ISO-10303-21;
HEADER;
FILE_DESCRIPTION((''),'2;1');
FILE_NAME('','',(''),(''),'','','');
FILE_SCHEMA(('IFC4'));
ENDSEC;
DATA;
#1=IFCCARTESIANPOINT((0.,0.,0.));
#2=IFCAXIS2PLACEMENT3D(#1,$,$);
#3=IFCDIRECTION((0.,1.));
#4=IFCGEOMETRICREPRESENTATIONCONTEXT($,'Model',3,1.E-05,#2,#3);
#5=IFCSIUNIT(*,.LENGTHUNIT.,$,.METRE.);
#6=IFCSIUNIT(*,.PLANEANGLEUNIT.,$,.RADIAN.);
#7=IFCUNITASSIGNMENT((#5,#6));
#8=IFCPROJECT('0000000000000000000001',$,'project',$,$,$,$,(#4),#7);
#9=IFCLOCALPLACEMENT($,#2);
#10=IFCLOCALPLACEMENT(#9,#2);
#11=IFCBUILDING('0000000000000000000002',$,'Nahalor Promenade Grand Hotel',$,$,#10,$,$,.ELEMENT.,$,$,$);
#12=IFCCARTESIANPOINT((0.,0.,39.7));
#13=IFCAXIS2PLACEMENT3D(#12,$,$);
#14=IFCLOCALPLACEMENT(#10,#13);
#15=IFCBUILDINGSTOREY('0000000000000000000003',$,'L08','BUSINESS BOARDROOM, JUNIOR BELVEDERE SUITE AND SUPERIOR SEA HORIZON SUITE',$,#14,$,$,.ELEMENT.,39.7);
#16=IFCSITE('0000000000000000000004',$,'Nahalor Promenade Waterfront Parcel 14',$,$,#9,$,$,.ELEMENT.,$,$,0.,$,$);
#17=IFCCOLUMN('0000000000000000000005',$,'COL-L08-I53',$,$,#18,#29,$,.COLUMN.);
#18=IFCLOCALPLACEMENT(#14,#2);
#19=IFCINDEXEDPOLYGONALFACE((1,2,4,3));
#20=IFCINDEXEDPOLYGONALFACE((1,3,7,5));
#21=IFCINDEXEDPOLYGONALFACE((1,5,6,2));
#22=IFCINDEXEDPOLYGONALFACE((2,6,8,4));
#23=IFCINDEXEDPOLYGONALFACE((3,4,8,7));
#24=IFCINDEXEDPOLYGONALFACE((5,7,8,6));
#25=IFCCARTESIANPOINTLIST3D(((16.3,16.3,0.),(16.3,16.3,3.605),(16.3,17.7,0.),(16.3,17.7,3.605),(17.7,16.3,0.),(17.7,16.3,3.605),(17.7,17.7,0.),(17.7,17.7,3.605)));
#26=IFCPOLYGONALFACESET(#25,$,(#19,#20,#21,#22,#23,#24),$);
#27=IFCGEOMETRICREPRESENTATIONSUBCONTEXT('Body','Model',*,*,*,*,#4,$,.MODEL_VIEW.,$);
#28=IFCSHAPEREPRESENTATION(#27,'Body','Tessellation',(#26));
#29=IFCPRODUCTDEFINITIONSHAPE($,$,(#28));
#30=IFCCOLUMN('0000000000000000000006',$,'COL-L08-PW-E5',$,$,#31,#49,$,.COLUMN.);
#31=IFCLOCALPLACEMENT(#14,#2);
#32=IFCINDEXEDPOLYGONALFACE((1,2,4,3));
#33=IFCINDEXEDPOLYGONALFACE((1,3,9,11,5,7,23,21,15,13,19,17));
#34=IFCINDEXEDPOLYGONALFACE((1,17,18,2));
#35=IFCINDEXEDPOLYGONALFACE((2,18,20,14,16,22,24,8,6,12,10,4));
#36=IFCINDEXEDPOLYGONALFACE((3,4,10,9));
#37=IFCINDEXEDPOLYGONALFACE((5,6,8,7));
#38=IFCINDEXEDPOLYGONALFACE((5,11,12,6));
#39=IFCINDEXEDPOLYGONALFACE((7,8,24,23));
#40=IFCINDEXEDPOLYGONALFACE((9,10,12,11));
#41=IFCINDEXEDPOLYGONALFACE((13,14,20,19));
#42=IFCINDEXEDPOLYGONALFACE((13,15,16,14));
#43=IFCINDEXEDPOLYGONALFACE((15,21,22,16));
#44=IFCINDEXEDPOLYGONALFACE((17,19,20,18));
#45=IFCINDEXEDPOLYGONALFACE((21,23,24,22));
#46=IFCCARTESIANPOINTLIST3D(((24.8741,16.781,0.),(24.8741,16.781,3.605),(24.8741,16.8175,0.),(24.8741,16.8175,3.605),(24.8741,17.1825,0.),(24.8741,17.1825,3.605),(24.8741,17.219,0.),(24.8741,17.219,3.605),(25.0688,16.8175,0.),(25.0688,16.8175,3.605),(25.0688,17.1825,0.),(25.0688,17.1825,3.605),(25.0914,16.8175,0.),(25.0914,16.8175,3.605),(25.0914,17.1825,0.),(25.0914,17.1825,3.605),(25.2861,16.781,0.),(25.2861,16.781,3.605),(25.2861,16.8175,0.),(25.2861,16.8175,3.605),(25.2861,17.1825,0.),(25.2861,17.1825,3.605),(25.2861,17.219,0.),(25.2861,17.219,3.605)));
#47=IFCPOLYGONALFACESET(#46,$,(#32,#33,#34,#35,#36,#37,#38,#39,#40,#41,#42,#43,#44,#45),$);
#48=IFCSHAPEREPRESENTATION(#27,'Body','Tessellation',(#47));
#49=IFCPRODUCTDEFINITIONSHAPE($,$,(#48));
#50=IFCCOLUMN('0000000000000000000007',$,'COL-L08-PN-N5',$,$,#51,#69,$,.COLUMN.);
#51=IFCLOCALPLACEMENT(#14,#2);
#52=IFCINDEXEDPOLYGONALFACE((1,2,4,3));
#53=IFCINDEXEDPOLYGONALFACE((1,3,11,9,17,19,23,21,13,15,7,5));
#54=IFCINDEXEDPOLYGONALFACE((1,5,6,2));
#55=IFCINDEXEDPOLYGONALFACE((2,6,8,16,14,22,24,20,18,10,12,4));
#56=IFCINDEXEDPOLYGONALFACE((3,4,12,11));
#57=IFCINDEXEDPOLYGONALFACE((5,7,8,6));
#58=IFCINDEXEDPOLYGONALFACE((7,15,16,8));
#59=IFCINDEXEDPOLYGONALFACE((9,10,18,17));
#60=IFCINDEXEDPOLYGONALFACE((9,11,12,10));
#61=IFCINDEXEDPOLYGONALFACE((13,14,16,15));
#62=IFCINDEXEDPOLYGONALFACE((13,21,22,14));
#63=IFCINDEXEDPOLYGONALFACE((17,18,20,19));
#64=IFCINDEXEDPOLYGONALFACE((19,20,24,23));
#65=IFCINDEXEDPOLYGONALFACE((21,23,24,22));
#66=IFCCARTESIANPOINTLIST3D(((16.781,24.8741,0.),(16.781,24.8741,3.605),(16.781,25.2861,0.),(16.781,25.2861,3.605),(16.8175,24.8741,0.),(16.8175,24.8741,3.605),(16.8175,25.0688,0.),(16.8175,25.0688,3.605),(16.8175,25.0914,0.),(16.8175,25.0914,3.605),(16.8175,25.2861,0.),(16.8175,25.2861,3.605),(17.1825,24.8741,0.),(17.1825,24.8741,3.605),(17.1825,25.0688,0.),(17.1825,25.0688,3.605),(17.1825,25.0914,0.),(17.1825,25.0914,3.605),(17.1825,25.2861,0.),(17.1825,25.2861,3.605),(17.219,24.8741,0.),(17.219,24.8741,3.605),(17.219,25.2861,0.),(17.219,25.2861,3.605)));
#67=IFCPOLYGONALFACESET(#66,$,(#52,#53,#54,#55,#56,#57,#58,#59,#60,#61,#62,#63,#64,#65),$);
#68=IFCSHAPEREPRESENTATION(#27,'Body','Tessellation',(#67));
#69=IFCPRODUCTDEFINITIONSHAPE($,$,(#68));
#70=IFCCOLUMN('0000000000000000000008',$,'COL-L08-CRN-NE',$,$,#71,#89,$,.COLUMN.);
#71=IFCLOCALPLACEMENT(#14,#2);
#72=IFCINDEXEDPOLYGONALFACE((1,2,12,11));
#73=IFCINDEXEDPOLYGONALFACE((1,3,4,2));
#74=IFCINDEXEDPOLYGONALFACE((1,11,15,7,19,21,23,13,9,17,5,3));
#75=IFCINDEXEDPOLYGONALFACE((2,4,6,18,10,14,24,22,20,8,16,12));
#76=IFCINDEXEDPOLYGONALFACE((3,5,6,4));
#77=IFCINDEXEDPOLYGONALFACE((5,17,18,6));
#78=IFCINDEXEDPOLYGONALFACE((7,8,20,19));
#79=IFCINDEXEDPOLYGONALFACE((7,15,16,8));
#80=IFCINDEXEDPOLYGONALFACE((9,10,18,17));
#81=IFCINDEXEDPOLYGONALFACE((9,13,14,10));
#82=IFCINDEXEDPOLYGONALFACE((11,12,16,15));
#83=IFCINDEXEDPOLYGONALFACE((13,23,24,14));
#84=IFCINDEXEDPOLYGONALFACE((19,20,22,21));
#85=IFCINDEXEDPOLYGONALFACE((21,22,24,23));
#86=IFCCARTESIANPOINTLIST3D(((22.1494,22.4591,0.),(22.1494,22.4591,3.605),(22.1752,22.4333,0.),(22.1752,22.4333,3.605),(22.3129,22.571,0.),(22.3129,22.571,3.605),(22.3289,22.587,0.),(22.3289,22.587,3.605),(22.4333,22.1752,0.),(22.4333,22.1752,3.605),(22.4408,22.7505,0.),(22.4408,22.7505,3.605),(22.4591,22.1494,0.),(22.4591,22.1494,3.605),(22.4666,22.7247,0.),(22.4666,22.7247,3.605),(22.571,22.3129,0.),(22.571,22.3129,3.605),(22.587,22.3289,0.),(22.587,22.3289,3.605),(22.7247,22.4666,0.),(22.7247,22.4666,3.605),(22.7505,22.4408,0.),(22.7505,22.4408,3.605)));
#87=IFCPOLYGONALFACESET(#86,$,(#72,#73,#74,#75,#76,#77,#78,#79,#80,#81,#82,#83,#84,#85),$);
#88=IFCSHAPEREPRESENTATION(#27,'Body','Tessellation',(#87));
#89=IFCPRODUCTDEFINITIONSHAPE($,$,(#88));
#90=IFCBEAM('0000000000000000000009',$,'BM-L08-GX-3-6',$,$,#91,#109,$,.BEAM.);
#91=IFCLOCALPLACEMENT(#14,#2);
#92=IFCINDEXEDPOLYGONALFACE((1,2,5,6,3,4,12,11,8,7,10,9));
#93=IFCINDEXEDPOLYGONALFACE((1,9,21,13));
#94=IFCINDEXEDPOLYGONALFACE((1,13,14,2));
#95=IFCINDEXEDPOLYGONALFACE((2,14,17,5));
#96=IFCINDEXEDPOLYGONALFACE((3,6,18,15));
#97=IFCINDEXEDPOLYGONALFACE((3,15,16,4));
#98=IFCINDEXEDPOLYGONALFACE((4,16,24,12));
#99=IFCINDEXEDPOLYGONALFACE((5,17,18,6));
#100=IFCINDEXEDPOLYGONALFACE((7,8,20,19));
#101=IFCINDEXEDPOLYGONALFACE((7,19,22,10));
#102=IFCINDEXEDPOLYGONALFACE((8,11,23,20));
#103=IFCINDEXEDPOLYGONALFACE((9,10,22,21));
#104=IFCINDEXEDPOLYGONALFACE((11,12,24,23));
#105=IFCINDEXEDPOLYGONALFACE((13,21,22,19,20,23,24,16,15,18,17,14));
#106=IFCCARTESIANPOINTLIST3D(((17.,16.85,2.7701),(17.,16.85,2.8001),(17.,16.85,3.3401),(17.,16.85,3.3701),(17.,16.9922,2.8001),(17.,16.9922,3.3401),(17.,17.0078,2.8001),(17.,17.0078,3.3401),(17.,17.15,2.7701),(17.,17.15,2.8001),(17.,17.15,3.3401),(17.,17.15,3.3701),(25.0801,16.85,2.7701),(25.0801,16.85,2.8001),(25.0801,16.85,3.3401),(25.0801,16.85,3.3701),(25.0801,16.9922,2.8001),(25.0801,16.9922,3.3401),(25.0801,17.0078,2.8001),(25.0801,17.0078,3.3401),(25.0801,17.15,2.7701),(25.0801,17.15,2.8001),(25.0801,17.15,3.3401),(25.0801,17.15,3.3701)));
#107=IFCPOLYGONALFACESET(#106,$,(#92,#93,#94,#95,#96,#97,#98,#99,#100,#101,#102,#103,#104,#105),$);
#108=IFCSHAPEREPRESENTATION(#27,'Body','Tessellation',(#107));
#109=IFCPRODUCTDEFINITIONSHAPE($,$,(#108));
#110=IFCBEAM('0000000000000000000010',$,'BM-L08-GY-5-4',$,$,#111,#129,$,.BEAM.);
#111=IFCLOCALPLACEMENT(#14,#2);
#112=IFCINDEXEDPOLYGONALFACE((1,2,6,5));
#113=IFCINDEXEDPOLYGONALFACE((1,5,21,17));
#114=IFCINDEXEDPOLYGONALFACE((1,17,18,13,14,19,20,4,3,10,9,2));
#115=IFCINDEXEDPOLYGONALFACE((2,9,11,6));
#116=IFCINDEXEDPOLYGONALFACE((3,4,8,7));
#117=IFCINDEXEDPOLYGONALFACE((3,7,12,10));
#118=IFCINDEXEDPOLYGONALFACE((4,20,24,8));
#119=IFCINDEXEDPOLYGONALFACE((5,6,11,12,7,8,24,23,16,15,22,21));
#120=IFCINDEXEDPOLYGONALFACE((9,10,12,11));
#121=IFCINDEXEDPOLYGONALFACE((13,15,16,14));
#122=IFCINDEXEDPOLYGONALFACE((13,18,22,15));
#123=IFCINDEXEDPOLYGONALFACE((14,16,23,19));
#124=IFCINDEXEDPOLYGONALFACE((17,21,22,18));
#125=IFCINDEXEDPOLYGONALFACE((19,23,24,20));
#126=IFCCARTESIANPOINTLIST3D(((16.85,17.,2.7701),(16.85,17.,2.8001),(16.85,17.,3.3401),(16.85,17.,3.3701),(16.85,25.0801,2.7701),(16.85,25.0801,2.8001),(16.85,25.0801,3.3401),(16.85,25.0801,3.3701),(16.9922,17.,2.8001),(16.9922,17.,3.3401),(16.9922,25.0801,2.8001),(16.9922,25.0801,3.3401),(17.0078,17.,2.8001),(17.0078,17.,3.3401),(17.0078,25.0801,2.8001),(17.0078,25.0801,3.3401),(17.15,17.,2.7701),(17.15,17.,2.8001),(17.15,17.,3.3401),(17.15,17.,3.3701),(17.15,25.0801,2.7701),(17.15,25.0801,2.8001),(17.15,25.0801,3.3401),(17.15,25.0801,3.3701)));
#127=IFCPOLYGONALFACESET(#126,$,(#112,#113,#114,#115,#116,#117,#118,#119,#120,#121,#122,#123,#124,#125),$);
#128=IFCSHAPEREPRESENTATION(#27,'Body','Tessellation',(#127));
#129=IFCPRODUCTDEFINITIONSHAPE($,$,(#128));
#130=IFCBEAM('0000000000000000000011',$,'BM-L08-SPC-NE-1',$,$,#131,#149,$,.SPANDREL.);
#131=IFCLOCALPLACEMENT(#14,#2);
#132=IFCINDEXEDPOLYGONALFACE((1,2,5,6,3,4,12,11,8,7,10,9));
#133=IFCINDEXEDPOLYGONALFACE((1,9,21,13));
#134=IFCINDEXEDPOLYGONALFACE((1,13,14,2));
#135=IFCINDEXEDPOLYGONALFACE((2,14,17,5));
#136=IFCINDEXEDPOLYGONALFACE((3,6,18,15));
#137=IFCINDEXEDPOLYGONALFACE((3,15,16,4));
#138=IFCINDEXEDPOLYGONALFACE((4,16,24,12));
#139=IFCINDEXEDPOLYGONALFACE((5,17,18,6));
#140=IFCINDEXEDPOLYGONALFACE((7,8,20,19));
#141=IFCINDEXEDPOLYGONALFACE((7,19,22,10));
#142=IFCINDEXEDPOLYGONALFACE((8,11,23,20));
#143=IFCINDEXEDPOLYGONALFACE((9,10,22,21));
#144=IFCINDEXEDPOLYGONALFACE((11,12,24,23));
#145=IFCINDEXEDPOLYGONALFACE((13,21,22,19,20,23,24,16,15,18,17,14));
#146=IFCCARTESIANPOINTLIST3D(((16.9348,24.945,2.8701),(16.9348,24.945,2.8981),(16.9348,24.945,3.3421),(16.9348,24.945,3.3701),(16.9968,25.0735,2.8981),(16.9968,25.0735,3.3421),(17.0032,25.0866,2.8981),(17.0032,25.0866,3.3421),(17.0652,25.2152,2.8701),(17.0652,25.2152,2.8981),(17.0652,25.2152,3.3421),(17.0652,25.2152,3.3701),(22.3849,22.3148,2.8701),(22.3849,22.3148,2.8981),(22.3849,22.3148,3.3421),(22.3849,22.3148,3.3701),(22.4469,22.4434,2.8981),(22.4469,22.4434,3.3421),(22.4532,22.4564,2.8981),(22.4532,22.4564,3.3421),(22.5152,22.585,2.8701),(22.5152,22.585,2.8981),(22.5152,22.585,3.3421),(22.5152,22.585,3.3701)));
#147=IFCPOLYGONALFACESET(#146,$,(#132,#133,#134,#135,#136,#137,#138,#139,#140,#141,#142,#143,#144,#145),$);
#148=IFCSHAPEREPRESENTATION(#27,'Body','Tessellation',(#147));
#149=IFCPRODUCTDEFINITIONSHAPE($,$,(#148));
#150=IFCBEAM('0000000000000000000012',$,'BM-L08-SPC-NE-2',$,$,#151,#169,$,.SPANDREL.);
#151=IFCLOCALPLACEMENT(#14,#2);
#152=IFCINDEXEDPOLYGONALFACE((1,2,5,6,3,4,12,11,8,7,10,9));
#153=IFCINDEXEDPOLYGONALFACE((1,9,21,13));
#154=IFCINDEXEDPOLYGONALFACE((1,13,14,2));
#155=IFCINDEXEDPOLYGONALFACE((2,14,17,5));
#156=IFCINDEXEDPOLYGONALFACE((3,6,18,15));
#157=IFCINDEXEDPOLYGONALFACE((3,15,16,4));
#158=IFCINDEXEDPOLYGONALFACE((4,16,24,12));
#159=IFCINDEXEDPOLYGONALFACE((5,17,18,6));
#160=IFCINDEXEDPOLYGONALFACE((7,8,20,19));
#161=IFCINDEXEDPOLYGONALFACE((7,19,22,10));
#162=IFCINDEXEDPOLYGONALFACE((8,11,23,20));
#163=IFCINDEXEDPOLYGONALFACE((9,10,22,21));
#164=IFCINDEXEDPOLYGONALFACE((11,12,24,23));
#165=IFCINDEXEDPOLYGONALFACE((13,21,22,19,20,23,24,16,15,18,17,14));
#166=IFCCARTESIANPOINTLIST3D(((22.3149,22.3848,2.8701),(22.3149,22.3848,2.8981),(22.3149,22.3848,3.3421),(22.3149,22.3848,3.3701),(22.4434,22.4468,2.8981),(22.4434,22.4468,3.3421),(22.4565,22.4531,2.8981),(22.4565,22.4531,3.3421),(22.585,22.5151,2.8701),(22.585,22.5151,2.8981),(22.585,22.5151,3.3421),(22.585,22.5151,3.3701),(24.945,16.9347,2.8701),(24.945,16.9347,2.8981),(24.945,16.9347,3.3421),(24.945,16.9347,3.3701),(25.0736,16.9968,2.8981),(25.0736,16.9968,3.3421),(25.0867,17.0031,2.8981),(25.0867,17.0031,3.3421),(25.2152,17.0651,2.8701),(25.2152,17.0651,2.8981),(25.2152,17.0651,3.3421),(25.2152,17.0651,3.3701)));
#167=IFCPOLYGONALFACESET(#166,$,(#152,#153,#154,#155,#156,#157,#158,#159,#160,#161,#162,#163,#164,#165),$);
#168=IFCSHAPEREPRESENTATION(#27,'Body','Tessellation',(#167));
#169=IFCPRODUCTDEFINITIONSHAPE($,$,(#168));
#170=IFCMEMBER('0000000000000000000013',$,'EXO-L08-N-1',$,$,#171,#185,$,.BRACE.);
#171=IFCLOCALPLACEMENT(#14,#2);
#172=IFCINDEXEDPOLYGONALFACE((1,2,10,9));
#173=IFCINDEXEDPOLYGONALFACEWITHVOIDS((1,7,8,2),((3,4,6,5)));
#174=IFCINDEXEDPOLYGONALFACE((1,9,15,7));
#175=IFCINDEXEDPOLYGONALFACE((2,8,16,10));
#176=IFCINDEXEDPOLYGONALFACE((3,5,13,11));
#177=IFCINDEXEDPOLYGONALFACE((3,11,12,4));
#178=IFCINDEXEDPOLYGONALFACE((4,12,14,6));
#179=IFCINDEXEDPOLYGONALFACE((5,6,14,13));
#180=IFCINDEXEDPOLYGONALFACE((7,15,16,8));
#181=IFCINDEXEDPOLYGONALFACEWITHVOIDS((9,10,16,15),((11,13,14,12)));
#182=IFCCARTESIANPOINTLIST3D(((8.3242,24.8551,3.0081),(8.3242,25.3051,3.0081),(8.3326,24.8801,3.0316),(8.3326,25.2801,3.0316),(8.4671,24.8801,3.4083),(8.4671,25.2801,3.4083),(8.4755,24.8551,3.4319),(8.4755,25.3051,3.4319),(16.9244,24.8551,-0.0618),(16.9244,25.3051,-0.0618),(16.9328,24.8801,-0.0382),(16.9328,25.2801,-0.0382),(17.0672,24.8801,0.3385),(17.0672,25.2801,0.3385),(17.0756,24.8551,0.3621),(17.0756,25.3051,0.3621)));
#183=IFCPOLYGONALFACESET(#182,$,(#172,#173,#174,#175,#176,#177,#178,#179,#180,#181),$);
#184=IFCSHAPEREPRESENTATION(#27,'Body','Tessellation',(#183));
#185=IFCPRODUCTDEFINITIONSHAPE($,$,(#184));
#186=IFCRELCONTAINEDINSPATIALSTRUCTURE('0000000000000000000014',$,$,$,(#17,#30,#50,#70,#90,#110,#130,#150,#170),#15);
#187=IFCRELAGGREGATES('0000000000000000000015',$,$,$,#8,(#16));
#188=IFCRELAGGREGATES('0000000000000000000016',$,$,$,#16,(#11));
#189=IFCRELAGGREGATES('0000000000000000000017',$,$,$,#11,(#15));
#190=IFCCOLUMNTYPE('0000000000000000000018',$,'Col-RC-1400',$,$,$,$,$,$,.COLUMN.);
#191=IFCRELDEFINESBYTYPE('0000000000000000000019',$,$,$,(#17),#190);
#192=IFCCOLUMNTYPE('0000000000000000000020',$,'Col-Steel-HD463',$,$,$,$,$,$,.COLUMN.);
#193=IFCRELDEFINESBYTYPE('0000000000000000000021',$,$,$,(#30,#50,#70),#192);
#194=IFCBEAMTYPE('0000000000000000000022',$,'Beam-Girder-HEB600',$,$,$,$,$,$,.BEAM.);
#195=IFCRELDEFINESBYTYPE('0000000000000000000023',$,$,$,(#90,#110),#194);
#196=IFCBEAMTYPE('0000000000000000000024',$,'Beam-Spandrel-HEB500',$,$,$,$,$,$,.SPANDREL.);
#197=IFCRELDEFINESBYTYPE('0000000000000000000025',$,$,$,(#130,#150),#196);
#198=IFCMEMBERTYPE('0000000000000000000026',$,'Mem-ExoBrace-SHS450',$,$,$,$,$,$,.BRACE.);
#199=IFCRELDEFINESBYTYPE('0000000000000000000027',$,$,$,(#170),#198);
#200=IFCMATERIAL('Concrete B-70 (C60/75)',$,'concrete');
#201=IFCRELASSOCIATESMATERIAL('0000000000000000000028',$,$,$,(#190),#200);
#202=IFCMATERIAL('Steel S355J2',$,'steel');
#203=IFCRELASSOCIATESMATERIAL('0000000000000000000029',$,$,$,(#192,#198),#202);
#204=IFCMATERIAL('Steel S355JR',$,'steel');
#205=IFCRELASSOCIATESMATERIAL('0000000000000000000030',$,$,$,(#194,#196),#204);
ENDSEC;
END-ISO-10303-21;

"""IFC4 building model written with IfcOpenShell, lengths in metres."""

from ifc_helpers import new_model, si_unit, direction, frame, origin, origin_2d, place, context, subcontext, project, spatial, rectangle, hollow_rectangle, i_section, extrude, source, transform, mapped, material, material_profile, profile_set, type_object, element, save


model = new_model("IFC4")

# Units and contexts
model_context = context("Model", 3, precision=1e-05, world=origin(), true_north=direction((0.0, 1.0)))
body_context = subcontext(model_context, "Body", "Model", "MODEL_VIEW")
ifc_project = project(units=[si_unit("LENGTHUNIT", "METRE"), si_unit("PLANEANGLEUNIT", "RADIAN")], contexts=[model_context])

# Site, building, storey
site_placement = place(None, origin())
site = spatial("IfcSite", under=ifc_project, at=site_placement, Name="Nahalor Promenade Waterfront Parcel 14", CompositionType="ELEMENT", RefElevation=0.0)
building_placement = place(site_placement, origin())
building = spatial("IfcBuilding", under=site, at=building_placement, Name="Nahalor Promenade Grand Hotel", CompositionType="ELEMENT")
storey_placement = place(building_placement, frame((0.0, 0.0, 39.7)))
storey = spatial("IfcBuildingStorey", under=building, at=storey_placement, Name="L08", Description="BUSINESS BOARDROOM, JUNIOR BELVEDERE SUITE AND SUPERIOR SEA HORIZON SUITE", CompositionType="ELEMENT", Elevation=39.7)

# Columns
ifc_material_1 = material(Name="Concrete B-70 (C60/75)", Category="concrete")
ifc_material_profile_1 = material_profile(ifc_material_1, rectangle(XDim=1.4, YDim=1.4, at=origin_2d()), Name="RC 1400x1400")
ifc_profile_set_1 = profile_set([ifc_material_profile_1], Name="Concrete B-70 (C60/75)")
column_type_1 = type_object("IfcColumnType", Name="Col-RC-1400", PredefinedType="COLUMN", material=ifc_profile_set_1)
shared_shape_1 = source(origin(), body_context, "Body", "SweptSolid", [
    extrude(rectangle(XDim=1.4, YDim=1.4, at=origin_2d()), origin(), (0.0, 0.0, 1.0), 3.605),
])
column_placement = place(storey_placement, frame((17.0, 17.0, 0.0), z_axis=(0.0, 0.0, 1.0), x_axis=(1.0, 0.0, 0.0)))
element("IfcColumn", 1, at=column_placement, inside=storey, type_object=column_type_1, Name="COL-L08-I53", PredefinedType="COLUMN", context=body_context, shape_type="MappedRepresentation", body=[
    mapped(shared_shape_1, transform((0.0, 0.0, 0.0), scale=1.0)),
])
ifc_material_2 = material(Name="Steel S355J2", Category="steel")
ifc_material_profile_2 = material_profile(ifc_material_2, i_section(OverallWidth=0.412, OverallDepth=0.438, WebThickness=0.0226, FlangeThickness=0.0365, at=origin_2d()), Name="HD 400x463")
ifc_profile_set_2 = profile_set([ifc_material_profile_2], Name="Steel S355J2")
column_type_2 = type_object("IfcColumnType", Name="Col-Steel-HD463", PredefinedType="COLUMN", material=ifc_profile_set_2)
shared_shape_2 = source(origin(), body_context, "Body", "SweptSolid", [
    extrude(i_section(OverallWidth=0.412, OverallDepth=0.438, WebThickness=0.0226, FlangeThickness=0.0365, at=origin_2d()), origin(), (0.0, 0.0, 1.0), 3.605),
])
for number, where, z_axis, x_axis, name in (
    (2, (25.0801, 17.0, 0.0), (0.0, 0.0, 1.0), (1.0, 0.0, 0.0), "COL-L08-PW-E5"),
    (3, (17.0, 25.0801, 0.0), (0.0, 0.0, 1.0), (0.0, 1.0, 0.0), "COL-L08-PN-N5"),
    (4, (22.45, 22.45, 0.0), (0.0, 0.0, 1.0), (0.707107, 0.707107, 0.0), "COL-L08-CRN-NE"),
):
    element("IfcColumn", number, at=place(storey_placement, frame(where, z_axis=z_axis, x_axis=x_axis)), inside=storey, type_object=column_type_2, Name=name, PredefinedType="COLUMN", context=body_context, shape_type="MappedRepresentation", body=[
        mapped(shared_shape_2, transform((0.0, 0.0, 0.0), scale=1.0)),
    ])

# Beams
ifc_material_3 = material(Name="Steel S355JR", Category="steel")
ifc_material_profile_3 = material_profile(ifc_material_3, i_section(OverallWidth=0.3, OverallDepth=0.6, WebThickness=0.0155, FlangeThickness=0.03, at=origin_2d()), Name="HEB 600")
ifc_profile_set_3 = profile_set([ifc_material_profile_3], Name="Steel S355JR")
beam_type_1 = type_object("IfcBeamType", Name="Beam-Girder-HEB600", PredefinedType="BEAM", material=ifc_profile_set_3)
shared_shape_3 = source(origin(), body_context, "Body", "SweptSolid", [
    extrude(i_section(OverallWidth=0.3, OverallDepth=0.6, WebThickness=0.0155, FlangeThickness=0.03, at=origin_2d()), origin(), (0.0, 0.0, 1.0), 8.0801),
])
for number, where, z_axis, x_axis, name in (
    (5, (17.0, 17.0, 3.0701), (1.0, 0.0, 0.0), (0.0, 1.0, 0.0), "BM-L08-GX-3-6"),
    (6, (17.0, 17.0, 3.0701), (0.0, 1.0, 0.0), (-1.0, 0.0, 0.0), "BM-L08-GY-5-4"),
):
    element("IfcBeam", number, at=place(storey_placement, frame(where, z_axis=z_axis, x_axis=x_axis)), inside=storey, type_object=beam_type_1, Name=name, PredefinedType="BEAM", context=body_context, shape_type="MappedRepresentation", body=[
        mapped(shared_shape_3, transform((0.0, 0.0, 0.0), scale=1.0)),
    ])
ifc_material_profile_4 = material_profile(ifc_material_3, i_section(OverallWidth=0.3, OverallDepth=0.5, WebThickness=0.0145, FlangeThickness=0.028, at=origin_2d()), Name="HEB 500")
ifc_profile_set_4 = profile_set([ifc_material_profile_4], Name="Steel S355JR")
beam_type_2 = type_object("IfcBeamType", Name="Beam-Spandrel-HEB500", PredefinedType="SPANDREL", material=ifc_profile_set_4)
shared_shape_4 = source(origin(), body_context, "Body", "SweptSolid", [
    extrude(i_section(OverallWidth=0.3, OverallDepth=0.5, WebThickness=0.0145, FlangeThickness=0.028, at=origin_2d()), origin(), (0.0, 0.0, 1.0), 6.0515),
])
for number, where, z_axis, x_axis, name in (
    (7, (17.0, 25.0801, 3.1201), (0.900609, -0.434631, 0.0), (0.434631, 0.900609, 0.0), "BM-L08-SPC-NE-1"),
    (8, (22.45, 22.45, 3.1201), (0.434631, -0.900609, 0.0), (0.900609, 0.434631, 0.0), "BM-L08-SPC-NE-2"),
):
    element("IfcBeam", number, at=place(storey_placement, frame(where, z_axis=z_axis, x_axis=x_axis)), inside=storey, type_object=beam_type_2, Name=name, PredefinedType="SPANDREL", context=body_context, shape_type="MappedRepresentation", body=[
        mapped(shared_shape_4, transform((0.0, 0.0, 0.0), scale=1.0)),
    ])

# Member
ifc_material_profile_5 = material_profile(ifc_material_2, hollow_rectangle(XDim=0.45, YDim=0.45, WallThickness=0.025, at=origin_2d()), Name="SHS 450x450x25")
ifc_profile_set_5 = profile_set([ifc_material_profile_5], Name="Steel S355J2")
member_type_1 = type_object("IfcMemberType", Name="Mem-ExoBrace-SHS450", PredefinedType="BRACE", material=ifc_profile_set_5)
shared_shape_5 = source(origin(), body_context, "Body", "SweptSolid", [
    extrude(hollow_rectangle(XDim=0.45, YDim=0.45, WallThickness=0.025, at=origin_2d()), origin(), (0.0, 0.0, 1.0), 9.1316),
])
member_1_placement = place(storey_placement, frame((17.0, 25.0801, 0.1501), z_axis=(-0.941799, 0.0, 0.336177), x_axis=(0.0, -1.0, 0.0)))
element("IfcMember", 9, at=member_1_placement, inside=storey, type_object=member_type_1, Name="EXO-L08-N-1", PredefinedType="BRACE", context=body_context, shape_type="MappedRepresentation", body=[
    mapped(shared_shape_5, transform((0.0, 0.0, 0.0), scale=1.0)),
])

save(model, "model.ifc")
